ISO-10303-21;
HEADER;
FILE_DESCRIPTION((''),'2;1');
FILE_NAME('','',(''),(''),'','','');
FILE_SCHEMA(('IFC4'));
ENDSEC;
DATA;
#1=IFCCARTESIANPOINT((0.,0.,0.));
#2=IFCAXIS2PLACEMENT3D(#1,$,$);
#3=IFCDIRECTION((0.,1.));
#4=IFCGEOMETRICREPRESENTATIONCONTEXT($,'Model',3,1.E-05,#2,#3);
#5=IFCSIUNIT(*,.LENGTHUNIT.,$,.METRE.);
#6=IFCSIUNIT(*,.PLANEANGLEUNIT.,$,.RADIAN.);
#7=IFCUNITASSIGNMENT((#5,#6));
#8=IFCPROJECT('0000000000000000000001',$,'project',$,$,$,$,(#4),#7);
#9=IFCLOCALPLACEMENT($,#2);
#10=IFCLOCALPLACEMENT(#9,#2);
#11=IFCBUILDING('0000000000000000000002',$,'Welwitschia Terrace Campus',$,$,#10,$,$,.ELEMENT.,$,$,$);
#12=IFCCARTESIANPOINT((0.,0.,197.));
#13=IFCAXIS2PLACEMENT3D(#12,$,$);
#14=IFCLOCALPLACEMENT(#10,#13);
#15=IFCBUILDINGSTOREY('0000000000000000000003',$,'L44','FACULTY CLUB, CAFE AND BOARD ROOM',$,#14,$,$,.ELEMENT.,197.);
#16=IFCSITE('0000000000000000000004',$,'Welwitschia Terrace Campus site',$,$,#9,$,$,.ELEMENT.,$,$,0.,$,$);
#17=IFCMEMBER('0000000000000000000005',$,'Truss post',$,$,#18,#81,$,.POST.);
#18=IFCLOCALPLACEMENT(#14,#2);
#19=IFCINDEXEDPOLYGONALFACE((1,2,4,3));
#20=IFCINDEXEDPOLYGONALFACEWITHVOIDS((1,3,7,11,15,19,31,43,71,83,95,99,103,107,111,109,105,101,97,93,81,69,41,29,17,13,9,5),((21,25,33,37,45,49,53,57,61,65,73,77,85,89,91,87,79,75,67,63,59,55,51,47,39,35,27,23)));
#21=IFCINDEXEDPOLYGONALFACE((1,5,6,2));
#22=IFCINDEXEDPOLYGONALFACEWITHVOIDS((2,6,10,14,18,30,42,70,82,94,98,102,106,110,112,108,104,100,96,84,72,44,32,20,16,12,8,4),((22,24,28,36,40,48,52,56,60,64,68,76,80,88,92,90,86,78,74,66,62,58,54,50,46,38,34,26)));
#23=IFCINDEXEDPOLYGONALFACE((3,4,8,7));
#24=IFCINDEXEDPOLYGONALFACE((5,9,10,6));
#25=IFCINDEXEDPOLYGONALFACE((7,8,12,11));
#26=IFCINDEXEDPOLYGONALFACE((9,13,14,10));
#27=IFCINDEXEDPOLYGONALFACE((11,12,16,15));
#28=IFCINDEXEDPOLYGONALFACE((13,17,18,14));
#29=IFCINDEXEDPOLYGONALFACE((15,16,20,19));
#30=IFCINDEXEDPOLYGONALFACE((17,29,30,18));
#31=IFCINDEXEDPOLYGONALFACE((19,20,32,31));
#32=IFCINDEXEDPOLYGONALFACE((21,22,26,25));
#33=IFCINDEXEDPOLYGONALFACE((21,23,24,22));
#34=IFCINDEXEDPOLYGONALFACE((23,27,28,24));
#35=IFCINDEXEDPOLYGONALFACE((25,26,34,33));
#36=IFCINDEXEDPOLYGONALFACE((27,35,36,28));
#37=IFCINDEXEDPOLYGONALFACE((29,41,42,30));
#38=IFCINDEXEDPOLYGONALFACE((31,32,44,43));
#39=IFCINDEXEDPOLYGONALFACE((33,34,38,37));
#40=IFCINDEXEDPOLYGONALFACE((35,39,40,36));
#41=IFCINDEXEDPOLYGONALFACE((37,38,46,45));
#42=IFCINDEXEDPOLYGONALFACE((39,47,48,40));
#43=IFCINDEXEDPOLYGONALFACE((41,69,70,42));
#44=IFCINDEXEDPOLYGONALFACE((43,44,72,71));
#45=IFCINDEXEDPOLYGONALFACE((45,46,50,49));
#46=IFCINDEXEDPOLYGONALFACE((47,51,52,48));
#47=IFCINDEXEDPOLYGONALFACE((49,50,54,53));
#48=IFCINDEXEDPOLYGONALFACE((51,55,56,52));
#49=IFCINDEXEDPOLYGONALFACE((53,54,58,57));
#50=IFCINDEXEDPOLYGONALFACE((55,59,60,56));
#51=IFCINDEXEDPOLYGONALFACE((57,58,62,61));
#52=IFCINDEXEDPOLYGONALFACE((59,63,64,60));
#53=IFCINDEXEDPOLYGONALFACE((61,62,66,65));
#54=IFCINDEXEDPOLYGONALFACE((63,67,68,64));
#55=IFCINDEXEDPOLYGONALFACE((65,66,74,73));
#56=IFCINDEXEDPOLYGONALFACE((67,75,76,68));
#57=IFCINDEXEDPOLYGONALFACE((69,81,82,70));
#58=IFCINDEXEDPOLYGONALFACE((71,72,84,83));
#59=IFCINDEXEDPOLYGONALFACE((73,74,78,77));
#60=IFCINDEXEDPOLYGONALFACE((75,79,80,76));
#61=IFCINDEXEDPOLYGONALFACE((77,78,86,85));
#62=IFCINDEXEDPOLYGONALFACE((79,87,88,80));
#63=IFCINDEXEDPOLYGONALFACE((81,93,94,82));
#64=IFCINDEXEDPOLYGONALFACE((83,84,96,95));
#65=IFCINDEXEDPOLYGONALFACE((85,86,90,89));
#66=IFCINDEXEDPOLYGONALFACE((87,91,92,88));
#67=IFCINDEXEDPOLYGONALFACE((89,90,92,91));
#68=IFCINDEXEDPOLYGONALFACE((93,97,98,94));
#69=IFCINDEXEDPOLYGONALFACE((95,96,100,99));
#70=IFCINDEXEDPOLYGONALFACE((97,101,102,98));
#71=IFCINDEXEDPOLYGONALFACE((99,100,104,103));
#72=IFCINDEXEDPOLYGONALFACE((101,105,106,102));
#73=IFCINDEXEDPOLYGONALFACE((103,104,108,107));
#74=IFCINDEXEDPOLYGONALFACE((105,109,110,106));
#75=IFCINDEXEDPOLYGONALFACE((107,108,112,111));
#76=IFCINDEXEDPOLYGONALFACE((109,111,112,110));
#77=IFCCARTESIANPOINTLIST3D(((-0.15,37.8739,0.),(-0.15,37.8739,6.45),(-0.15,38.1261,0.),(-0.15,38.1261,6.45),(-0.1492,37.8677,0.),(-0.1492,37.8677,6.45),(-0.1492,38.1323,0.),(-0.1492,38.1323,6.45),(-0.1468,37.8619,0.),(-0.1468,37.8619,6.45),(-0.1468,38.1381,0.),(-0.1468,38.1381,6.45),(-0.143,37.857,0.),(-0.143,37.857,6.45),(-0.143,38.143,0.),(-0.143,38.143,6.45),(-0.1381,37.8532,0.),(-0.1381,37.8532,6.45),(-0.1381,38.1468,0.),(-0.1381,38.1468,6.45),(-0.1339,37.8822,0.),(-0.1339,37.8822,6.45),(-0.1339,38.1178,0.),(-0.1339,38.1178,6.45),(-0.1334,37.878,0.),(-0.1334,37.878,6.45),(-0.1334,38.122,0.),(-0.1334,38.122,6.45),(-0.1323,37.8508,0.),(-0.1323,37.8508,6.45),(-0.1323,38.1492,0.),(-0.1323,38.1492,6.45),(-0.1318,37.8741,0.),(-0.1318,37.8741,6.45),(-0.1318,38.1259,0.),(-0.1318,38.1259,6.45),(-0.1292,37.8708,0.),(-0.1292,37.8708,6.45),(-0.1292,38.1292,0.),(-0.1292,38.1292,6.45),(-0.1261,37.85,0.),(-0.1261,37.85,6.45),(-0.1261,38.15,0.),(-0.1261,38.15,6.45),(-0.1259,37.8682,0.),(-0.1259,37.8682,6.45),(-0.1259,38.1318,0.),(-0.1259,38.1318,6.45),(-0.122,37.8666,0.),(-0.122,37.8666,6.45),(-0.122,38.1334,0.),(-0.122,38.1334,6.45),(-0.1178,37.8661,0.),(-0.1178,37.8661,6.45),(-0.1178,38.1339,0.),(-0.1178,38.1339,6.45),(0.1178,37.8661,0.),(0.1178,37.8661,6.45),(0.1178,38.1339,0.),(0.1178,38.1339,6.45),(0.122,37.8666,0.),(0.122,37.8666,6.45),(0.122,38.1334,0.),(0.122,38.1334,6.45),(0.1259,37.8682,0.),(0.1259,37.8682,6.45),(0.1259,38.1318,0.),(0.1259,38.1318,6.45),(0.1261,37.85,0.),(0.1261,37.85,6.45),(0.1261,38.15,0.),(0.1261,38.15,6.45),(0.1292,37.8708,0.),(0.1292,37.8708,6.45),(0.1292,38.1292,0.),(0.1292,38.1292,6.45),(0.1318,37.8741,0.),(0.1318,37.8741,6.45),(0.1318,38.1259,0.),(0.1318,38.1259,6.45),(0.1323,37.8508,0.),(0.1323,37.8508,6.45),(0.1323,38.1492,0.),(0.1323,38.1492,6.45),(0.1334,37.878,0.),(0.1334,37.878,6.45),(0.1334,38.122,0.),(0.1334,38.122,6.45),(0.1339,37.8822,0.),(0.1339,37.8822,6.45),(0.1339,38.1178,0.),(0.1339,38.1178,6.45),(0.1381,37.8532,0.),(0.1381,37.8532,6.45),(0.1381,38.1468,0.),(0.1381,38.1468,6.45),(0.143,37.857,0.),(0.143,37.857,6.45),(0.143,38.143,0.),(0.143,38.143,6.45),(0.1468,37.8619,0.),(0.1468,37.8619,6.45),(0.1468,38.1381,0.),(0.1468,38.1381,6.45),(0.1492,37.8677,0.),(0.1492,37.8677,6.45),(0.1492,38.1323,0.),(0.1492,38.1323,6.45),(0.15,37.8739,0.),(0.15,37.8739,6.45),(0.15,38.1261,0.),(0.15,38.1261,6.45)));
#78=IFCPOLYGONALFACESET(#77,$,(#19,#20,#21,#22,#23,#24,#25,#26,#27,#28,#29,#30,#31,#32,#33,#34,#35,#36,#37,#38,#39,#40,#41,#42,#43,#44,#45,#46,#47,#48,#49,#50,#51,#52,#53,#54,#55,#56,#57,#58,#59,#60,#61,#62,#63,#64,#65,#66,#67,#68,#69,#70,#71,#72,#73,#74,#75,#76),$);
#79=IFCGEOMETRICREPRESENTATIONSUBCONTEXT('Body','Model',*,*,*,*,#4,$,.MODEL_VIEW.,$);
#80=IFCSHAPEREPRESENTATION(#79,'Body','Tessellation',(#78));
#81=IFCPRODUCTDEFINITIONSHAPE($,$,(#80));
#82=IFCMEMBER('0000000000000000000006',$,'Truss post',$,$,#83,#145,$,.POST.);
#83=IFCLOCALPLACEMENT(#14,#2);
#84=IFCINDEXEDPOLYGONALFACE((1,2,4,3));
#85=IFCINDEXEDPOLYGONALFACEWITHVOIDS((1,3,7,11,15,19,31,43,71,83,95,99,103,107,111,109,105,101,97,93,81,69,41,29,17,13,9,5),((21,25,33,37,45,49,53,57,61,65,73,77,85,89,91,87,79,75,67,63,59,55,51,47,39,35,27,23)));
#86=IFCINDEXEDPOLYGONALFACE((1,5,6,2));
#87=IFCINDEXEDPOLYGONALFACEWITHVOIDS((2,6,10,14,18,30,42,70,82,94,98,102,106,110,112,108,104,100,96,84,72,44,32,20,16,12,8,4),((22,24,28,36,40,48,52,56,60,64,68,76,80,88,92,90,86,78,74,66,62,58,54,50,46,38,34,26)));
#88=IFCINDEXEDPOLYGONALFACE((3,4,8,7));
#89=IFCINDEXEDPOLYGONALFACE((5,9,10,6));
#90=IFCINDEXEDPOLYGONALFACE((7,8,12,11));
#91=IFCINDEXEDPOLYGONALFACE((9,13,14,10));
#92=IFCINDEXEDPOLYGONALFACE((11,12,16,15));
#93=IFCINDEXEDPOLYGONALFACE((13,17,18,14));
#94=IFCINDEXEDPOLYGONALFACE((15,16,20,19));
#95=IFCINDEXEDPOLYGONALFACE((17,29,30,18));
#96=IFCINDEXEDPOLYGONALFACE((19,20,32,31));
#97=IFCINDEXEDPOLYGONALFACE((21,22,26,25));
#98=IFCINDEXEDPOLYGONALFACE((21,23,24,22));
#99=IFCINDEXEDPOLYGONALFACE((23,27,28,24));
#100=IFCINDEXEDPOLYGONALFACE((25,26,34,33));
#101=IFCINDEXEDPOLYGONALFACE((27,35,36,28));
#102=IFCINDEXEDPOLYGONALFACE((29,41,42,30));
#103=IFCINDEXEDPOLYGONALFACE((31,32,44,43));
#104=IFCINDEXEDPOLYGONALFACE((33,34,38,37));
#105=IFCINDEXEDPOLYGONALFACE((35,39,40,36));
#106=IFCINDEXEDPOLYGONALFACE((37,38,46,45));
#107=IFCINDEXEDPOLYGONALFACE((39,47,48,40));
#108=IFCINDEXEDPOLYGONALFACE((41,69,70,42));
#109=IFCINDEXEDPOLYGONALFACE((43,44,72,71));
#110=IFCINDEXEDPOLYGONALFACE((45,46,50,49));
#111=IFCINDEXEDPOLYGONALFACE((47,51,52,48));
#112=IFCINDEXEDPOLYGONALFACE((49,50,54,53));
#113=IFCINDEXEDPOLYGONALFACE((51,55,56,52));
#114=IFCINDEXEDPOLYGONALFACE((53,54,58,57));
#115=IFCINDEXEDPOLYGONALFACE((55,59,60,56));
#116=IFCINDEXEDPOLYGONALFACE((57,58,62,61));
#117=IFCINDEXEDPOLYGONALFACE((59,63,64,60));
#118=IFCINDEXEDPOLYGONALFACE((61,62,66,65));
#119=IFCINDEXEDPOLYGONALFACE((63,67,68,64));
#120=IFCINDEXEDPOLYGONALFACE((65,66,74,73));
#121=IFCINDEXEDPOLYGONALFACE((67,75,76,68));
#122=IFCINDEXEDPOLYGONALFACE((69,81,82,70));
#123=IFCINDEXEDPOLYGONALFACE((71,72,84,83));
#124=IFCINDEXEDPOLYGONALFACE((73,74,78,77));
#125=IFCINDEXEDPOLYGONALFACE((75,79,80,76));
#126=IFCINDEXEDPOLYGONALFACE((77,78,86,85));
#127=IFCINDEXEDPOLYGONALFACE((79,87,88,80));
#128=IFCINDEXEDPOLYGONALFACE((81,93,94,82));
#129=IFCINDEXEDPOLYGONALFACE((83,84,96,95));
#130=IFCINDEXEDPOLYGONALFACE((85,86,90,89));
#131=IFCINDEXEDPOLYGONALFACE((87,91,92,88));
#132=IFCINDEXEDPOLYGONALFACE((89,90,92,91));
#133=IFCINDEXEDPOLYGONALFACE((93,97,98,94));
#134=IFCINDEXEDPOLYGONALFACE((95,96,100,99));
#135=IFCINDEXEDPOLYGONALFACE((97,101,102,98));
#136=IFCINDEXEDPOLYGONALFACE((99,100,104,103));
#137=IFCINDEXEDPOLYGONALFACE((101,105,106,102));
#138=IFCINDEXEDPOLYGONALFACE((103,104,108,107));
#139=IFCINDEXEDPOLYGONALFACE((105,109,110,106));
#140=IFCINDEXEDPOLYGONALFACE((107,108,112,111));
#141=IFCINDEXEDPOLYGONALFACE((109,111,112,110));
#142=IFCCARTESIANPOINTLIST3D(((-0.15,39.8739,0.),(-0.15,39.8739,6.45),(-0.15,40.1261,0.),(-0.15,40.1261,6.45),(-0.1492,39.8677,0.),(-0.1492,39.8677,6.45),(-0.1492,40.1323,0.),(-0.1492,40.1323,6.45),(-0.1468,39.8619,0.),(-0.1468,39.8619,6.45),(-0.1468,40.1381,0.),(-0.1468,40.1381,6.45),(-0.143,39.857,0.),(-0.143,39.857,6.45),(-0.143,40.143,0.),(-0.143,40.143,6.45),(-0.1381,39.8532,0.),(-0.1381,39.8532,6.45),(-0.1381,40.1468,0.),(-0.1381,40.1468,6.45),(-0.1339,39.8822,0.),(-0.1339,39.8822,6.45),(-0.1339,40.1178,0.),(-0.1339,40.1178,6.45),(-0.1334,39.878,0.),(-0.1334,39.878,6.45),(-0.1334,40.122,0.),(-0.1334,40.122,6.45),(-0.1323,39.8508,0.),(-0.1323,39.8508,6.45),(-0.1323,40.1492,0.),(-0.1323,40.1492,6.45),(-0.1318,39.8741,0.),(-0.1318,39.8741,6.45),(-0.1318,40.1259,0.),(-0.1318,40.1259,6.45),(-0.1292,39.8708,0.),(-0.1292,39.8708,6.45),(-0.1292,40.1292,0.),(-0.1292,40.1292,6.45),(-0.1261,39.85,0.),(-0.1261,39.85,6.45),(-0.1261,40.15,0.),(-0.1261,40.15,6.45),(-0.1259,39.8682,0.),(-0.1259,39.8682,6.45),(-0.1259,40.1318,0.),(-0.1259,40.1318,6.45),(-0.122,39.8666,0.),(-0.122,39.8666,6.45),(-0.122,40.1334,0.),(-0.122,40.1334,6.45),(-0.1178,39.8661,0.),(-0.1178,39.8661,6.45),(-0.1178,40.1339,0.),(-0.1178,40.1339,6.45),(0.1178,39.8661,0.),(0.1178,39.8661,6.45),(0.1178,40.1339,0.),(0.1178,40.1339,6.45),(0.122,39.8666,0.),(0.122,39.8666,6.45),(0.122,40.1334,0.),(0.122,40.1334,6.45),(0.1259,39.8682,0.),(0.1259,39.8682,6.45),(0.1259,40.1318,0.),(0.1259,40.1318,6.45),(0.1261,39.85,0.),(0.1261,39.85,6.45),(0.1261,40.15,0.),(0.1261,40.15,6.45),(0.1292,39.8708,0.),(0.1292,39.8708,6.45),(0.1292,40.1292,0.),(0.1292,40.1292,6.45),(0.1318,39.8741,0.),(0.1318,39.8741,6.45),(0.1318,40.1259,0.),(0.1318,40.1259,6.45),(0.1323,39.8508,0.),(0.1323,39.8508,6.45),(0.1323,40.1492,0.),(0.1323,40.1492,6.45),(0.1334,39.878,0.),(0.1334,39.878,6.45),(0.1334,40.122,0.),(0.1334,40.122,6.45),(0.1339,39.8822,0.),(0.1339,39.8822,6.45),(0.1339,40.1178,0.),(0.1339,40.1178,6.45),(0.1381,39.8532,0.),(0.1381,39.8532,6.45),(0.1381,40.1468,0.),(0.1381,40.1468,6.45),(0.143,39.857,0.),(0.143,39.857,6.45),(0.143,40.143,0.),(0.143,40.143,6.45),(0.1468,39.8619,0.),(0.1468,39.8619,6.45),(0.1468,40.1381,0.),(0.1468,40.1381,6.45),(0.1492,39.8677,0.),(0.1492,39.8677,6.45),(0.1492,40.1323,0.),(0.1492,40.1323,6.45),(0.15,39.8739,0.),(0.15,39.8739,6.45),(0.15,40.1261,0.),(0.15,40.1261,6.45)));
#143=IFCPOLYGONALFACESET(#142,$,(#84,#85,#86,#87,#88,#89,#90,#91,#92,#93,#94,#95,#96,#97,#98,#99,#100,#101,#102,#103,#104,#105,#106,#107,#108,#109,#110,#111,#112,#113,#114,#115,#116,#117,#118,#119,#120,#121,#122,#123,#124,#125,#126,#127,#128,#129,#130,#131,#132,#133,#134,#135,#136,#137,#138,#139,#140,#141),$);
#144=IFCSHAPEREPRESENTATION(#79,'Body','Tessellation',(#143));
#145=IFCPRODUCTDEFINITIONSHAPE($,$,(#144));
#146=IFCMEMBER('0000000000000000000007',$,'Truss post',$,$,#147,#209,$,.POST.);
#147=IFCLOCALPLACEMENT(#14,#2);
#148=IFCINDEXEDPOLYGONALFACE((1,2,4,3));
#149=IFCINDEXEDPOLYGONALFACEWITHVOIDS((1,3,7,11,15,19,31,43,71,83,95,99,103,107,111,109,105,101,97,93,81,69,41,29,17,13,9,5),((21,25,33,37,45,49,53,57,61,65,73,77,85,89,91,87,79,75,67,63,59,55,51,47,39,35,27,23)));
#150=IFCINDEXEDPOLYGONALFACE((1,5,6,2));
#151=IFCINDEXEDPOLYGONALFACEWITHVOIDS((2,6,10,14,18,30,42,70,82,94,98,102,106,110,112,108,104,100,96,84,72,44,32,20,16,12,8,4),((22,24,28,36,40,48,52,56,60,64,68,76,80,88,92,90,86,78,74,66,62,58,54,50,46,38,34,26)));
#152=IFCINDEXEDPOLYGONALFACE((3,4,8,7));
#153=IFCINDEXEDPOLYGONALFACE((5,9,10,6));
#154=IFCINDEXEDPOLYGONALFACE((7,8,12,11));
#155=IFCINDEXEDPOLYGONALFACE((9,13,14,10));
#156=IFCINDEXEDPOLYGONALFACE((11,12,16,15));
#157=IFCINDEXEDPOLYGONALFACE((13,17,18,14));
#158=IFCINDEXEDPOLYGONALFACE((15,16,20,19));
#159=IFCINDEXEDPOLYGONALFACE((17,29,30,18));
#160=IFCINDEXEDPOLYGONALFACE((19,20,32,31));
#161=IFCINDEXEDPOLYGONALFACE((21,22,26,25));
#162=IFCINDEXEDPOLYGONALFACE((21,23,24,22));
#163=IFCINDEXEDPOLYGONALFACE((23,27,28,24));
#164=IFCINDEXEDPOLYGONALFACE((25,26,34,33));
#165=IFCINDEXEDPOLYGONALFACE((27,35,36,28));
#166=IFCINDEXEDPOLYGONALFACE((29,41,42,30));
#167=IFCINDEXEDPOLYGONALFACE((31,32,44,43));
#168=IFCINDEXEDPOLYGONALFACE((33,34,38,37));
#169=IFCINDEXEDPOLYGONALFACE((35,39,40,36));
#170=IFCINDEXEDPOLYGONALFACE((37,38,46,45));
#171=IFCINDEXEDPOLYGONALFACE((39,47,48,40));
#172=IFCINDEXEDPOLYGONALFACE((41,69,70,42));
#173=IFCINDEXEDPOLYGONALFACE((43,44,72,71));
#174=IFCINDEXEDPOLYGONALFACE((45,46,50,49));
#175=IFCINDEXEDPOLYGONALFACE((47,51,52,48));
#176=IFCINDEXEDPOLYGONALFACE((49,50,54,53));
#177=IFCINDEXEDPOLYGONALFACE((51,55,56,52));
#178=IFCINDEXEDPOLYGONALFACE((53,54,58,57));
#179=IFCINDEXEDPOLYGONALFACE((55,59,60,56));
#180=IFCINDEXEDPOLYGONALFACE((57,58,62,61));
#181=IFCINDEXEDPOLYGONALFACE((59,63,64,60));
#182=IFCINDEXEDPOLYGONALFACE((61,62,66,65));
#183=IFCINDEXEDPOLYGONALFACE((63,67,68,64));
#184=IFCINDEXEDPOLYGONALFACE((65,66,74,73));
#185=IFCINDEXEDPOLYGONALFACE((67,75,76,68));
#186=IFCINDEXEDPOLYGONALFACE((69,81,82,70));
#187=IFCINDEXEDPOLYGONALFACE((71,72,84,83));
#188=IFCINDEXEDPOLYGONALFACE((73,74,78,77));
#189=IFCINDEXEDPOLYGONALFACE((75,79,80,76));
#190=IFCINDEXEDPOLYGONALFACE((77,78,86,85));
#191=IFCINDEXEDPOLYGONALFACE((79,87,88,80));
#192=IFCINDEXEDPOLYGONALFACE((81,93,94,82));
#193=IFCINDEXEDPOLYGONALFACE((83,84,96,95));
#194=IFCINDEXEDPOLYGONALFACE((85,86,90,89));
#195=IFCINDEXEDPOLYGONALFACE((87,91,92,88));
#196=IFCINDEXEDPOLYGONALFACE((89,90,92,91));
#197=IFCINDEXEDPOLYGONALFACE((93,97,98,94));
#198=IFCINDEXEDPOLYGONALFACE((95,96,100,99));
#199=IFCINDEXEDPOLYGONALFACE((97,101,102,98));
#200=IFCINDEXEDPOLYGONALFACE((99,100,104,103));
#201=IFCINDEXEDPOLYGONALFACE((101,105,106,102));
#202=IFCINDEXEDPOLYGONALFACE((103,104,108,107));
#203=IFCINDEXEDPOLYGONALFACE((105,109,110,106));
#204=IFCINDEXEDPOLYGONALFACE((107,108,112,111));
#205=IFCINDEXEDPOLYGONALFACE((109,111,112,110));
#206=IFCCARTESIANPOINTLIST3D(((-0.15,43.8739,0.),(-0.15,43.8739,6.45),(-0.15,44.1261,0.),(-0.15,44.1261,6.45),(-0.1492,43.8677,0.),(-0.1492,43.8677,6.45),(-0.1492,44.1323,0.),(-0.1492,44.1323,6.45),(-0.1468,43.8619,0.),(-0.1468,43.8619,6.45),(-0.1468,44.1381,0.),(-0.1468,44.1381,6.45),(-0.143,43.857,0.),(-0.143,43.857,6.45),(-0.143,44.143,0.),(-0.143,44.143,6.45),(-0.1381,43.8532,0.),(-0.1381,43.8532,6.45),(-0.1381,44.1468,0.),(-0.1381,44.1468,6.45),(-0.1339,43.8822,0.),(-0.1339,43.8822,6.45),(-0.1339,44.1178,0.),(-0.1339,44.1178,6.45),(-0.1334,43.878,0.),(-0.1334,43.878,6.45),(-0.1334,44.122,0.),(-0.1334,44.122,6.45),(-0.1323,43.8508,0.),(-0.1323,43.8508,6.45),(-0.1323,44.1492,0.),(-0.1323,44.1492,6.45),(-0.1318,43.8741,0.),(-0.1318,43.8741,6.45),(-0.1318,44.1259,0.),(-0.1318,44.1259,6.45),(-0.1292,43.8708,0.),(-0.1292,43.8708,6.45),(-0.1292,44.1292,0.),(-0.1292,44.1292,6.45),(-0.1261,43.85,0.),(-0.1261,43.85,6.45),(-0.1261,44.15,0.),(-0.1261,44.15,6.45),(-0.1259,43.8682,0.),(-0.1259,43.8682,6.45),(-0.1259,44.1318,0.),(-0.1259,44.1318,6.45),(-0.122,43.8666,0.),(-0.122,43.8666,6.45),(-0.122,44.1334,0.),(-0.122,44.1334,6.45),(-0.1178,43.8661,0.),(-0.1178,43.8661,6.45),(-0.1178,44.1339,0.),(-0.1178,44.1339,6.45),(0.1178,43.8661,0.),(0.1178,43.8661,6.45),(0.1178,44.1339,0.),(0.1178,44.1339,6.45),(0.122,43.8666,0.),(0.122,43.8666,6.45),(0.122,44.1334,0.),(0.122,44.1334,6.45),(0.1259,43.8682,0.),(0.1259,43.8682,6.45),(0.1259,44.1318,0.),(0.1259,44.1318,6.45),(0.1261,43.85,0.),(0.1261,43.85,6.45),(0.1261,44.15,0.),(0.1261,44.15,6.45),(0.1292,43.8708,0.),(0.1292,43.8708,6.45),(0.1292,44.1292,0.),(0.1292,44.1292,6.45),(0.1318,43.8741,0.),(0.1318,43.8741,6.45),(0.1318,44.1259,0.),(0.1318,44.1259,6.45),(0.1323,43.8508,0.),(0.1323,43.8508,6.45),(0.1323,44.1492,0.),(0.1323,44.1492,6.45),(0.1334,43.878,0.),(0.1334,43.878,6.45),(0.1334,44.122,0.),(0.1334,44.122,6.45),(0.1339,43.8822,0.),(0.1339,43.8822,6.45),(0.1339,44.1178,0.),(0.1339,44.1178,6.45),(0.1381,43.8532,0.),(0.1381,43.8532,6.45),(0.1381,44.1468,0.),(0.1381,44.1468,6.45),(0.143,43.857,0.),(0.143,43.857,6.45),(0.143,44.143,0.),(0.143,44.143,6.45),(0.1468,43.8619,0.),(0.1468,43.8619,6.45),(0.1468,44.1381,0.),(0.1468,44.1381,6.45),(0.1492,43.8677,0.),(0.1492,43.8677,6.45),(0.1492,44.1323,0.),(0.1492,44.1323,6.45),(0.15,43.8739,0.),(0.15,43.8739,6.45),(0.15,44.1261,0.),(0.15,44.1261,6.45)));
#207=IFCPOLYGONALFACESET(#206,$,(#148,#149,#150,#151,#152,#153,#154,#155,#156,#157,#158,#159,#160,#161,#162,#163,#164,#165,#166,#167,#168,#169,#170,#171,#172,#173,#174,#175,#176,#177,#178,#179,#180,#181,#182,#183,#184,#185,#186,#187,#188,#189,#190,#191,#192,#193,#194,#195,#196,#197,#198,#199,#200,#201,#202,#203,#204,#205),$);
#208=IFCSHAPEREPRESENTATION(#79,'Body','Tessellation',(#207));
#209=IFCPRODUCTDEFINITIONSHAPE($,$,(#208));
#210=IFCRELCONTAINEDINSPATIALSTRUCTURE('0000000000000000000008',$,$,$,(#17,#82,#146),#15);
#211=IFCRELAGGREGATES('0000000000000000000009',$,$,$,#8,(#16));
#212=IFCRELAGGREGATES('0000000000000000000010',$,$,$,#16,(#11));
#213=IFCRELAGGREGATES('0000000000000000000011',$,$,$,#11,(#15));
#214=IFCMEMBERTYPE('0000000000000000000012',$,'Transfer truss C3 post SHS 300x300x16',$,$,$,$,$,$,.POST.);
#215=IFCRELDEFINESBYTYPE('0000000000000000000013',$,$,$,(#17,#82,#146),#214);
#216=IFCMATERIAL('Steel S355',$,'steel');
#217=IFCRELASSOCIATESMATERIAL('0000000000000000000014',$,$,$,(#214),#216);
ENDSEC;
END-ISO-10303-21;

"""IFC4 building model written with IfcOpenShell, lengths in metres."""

from ifc_helpers import new_model, si_unit, direction, frame, origin, origin_2d, place, context, subcontext, project, spatial, hollow_rectangle, extrude, material, material_profile, profile_set, type_object, element, save


model = new_model("IFC4")

# Units and contexts
model_context = context("Model", 3, precision=1e-05, world=origin(), true_north=direction((0.0, 1.0)))
body_context = subcontext(model_context, "Body", "Model", "MODEL_VIEW")
ifc_project = project(units=[si_unit("LENGTHUNIT", "METRE"), si_unit("PLANEANGLEUNIT", "RADIAN")], contexts=[model_context])

# Site, building, storey
site_placement = place(None, origin())
site = spatial("IfcSite", under=ifc_project, at=site_placement, Name="Welwitschia Terrace Campus site", CompositionType="ELEMENT", RefElevation=0.0)
building_placement = place(site_placement, origin())
building = spatial("IfcBuilding", under=site, at=building_placement, Name="Welwitschia Terrace Campus", CompositionType="ELEMENT")
storey_placement = place(building_placement, frame((0.0, 0.0, 197.0)))
storey = spatial("IfcBuildingStorey", under=building, at=storey_placement, Name="L44", Description="FACULTY CLUB, CAFE AND BOARD ROOM", CompositionType="ELEMENT", Elevation=197.0)

# Members
ifc_material_1 = material(Name="Steel S355", Category="steel")
ifc_material_profile_1 = material_profile(ifc_material_1, hollow_rectangle(XDim=0.3, YDim=0.3, WallThickness=0.0161, InnerFilletRadius=0.0161, OuterFilletRadius=0.0239, at=origin_2d()))
ifc_profile_set_1 = profile_set([ifc_material_profile_1], Name="Steel S355")
member_type_1 = type_object("IfcMemberType", Name="Transfer truss C3 post SHS 300x300x16", PredefinedType="POST", material=ifc_profile_set_1)
for number, where, z_axis, x_axis, name in (
    (1, (0.0, 38.0, 0.0), (0.0, 0.0, 1.0), (1.0, 0.0, 0.0), "Truss post"),
    (2, (0.0, 40.0, 0.0), (0.0, 0.0, 1.0), (1.0, 0.0, 0.0), "Truss post"),
    (3, (0.0, 44.0, 0.0), (0.0, 0.0, 1.0), (1.0, 0.0, 0.0), "Truss post"),
):
    element("IfcMember", number, at=place(storey_placement, frame(where, z_axis=z_axis, x_axis=x_axis)), inside=storey, type_object=member_type_1, Name=name, PredefinedType="POST", context=body_context, shape_type="SweptSolid", body=[
        extrude(hollow_rectangle(XDim=0.3, YDim=0.3, WallThickness=0.0161, InnerFilletRadius=0.0161, OuterFilletRadius=0.0239, at=origin_2d()), origin(), (0.0, 0.0, 1.0), 6.45),
    ])

save(model, "model.ifc")
